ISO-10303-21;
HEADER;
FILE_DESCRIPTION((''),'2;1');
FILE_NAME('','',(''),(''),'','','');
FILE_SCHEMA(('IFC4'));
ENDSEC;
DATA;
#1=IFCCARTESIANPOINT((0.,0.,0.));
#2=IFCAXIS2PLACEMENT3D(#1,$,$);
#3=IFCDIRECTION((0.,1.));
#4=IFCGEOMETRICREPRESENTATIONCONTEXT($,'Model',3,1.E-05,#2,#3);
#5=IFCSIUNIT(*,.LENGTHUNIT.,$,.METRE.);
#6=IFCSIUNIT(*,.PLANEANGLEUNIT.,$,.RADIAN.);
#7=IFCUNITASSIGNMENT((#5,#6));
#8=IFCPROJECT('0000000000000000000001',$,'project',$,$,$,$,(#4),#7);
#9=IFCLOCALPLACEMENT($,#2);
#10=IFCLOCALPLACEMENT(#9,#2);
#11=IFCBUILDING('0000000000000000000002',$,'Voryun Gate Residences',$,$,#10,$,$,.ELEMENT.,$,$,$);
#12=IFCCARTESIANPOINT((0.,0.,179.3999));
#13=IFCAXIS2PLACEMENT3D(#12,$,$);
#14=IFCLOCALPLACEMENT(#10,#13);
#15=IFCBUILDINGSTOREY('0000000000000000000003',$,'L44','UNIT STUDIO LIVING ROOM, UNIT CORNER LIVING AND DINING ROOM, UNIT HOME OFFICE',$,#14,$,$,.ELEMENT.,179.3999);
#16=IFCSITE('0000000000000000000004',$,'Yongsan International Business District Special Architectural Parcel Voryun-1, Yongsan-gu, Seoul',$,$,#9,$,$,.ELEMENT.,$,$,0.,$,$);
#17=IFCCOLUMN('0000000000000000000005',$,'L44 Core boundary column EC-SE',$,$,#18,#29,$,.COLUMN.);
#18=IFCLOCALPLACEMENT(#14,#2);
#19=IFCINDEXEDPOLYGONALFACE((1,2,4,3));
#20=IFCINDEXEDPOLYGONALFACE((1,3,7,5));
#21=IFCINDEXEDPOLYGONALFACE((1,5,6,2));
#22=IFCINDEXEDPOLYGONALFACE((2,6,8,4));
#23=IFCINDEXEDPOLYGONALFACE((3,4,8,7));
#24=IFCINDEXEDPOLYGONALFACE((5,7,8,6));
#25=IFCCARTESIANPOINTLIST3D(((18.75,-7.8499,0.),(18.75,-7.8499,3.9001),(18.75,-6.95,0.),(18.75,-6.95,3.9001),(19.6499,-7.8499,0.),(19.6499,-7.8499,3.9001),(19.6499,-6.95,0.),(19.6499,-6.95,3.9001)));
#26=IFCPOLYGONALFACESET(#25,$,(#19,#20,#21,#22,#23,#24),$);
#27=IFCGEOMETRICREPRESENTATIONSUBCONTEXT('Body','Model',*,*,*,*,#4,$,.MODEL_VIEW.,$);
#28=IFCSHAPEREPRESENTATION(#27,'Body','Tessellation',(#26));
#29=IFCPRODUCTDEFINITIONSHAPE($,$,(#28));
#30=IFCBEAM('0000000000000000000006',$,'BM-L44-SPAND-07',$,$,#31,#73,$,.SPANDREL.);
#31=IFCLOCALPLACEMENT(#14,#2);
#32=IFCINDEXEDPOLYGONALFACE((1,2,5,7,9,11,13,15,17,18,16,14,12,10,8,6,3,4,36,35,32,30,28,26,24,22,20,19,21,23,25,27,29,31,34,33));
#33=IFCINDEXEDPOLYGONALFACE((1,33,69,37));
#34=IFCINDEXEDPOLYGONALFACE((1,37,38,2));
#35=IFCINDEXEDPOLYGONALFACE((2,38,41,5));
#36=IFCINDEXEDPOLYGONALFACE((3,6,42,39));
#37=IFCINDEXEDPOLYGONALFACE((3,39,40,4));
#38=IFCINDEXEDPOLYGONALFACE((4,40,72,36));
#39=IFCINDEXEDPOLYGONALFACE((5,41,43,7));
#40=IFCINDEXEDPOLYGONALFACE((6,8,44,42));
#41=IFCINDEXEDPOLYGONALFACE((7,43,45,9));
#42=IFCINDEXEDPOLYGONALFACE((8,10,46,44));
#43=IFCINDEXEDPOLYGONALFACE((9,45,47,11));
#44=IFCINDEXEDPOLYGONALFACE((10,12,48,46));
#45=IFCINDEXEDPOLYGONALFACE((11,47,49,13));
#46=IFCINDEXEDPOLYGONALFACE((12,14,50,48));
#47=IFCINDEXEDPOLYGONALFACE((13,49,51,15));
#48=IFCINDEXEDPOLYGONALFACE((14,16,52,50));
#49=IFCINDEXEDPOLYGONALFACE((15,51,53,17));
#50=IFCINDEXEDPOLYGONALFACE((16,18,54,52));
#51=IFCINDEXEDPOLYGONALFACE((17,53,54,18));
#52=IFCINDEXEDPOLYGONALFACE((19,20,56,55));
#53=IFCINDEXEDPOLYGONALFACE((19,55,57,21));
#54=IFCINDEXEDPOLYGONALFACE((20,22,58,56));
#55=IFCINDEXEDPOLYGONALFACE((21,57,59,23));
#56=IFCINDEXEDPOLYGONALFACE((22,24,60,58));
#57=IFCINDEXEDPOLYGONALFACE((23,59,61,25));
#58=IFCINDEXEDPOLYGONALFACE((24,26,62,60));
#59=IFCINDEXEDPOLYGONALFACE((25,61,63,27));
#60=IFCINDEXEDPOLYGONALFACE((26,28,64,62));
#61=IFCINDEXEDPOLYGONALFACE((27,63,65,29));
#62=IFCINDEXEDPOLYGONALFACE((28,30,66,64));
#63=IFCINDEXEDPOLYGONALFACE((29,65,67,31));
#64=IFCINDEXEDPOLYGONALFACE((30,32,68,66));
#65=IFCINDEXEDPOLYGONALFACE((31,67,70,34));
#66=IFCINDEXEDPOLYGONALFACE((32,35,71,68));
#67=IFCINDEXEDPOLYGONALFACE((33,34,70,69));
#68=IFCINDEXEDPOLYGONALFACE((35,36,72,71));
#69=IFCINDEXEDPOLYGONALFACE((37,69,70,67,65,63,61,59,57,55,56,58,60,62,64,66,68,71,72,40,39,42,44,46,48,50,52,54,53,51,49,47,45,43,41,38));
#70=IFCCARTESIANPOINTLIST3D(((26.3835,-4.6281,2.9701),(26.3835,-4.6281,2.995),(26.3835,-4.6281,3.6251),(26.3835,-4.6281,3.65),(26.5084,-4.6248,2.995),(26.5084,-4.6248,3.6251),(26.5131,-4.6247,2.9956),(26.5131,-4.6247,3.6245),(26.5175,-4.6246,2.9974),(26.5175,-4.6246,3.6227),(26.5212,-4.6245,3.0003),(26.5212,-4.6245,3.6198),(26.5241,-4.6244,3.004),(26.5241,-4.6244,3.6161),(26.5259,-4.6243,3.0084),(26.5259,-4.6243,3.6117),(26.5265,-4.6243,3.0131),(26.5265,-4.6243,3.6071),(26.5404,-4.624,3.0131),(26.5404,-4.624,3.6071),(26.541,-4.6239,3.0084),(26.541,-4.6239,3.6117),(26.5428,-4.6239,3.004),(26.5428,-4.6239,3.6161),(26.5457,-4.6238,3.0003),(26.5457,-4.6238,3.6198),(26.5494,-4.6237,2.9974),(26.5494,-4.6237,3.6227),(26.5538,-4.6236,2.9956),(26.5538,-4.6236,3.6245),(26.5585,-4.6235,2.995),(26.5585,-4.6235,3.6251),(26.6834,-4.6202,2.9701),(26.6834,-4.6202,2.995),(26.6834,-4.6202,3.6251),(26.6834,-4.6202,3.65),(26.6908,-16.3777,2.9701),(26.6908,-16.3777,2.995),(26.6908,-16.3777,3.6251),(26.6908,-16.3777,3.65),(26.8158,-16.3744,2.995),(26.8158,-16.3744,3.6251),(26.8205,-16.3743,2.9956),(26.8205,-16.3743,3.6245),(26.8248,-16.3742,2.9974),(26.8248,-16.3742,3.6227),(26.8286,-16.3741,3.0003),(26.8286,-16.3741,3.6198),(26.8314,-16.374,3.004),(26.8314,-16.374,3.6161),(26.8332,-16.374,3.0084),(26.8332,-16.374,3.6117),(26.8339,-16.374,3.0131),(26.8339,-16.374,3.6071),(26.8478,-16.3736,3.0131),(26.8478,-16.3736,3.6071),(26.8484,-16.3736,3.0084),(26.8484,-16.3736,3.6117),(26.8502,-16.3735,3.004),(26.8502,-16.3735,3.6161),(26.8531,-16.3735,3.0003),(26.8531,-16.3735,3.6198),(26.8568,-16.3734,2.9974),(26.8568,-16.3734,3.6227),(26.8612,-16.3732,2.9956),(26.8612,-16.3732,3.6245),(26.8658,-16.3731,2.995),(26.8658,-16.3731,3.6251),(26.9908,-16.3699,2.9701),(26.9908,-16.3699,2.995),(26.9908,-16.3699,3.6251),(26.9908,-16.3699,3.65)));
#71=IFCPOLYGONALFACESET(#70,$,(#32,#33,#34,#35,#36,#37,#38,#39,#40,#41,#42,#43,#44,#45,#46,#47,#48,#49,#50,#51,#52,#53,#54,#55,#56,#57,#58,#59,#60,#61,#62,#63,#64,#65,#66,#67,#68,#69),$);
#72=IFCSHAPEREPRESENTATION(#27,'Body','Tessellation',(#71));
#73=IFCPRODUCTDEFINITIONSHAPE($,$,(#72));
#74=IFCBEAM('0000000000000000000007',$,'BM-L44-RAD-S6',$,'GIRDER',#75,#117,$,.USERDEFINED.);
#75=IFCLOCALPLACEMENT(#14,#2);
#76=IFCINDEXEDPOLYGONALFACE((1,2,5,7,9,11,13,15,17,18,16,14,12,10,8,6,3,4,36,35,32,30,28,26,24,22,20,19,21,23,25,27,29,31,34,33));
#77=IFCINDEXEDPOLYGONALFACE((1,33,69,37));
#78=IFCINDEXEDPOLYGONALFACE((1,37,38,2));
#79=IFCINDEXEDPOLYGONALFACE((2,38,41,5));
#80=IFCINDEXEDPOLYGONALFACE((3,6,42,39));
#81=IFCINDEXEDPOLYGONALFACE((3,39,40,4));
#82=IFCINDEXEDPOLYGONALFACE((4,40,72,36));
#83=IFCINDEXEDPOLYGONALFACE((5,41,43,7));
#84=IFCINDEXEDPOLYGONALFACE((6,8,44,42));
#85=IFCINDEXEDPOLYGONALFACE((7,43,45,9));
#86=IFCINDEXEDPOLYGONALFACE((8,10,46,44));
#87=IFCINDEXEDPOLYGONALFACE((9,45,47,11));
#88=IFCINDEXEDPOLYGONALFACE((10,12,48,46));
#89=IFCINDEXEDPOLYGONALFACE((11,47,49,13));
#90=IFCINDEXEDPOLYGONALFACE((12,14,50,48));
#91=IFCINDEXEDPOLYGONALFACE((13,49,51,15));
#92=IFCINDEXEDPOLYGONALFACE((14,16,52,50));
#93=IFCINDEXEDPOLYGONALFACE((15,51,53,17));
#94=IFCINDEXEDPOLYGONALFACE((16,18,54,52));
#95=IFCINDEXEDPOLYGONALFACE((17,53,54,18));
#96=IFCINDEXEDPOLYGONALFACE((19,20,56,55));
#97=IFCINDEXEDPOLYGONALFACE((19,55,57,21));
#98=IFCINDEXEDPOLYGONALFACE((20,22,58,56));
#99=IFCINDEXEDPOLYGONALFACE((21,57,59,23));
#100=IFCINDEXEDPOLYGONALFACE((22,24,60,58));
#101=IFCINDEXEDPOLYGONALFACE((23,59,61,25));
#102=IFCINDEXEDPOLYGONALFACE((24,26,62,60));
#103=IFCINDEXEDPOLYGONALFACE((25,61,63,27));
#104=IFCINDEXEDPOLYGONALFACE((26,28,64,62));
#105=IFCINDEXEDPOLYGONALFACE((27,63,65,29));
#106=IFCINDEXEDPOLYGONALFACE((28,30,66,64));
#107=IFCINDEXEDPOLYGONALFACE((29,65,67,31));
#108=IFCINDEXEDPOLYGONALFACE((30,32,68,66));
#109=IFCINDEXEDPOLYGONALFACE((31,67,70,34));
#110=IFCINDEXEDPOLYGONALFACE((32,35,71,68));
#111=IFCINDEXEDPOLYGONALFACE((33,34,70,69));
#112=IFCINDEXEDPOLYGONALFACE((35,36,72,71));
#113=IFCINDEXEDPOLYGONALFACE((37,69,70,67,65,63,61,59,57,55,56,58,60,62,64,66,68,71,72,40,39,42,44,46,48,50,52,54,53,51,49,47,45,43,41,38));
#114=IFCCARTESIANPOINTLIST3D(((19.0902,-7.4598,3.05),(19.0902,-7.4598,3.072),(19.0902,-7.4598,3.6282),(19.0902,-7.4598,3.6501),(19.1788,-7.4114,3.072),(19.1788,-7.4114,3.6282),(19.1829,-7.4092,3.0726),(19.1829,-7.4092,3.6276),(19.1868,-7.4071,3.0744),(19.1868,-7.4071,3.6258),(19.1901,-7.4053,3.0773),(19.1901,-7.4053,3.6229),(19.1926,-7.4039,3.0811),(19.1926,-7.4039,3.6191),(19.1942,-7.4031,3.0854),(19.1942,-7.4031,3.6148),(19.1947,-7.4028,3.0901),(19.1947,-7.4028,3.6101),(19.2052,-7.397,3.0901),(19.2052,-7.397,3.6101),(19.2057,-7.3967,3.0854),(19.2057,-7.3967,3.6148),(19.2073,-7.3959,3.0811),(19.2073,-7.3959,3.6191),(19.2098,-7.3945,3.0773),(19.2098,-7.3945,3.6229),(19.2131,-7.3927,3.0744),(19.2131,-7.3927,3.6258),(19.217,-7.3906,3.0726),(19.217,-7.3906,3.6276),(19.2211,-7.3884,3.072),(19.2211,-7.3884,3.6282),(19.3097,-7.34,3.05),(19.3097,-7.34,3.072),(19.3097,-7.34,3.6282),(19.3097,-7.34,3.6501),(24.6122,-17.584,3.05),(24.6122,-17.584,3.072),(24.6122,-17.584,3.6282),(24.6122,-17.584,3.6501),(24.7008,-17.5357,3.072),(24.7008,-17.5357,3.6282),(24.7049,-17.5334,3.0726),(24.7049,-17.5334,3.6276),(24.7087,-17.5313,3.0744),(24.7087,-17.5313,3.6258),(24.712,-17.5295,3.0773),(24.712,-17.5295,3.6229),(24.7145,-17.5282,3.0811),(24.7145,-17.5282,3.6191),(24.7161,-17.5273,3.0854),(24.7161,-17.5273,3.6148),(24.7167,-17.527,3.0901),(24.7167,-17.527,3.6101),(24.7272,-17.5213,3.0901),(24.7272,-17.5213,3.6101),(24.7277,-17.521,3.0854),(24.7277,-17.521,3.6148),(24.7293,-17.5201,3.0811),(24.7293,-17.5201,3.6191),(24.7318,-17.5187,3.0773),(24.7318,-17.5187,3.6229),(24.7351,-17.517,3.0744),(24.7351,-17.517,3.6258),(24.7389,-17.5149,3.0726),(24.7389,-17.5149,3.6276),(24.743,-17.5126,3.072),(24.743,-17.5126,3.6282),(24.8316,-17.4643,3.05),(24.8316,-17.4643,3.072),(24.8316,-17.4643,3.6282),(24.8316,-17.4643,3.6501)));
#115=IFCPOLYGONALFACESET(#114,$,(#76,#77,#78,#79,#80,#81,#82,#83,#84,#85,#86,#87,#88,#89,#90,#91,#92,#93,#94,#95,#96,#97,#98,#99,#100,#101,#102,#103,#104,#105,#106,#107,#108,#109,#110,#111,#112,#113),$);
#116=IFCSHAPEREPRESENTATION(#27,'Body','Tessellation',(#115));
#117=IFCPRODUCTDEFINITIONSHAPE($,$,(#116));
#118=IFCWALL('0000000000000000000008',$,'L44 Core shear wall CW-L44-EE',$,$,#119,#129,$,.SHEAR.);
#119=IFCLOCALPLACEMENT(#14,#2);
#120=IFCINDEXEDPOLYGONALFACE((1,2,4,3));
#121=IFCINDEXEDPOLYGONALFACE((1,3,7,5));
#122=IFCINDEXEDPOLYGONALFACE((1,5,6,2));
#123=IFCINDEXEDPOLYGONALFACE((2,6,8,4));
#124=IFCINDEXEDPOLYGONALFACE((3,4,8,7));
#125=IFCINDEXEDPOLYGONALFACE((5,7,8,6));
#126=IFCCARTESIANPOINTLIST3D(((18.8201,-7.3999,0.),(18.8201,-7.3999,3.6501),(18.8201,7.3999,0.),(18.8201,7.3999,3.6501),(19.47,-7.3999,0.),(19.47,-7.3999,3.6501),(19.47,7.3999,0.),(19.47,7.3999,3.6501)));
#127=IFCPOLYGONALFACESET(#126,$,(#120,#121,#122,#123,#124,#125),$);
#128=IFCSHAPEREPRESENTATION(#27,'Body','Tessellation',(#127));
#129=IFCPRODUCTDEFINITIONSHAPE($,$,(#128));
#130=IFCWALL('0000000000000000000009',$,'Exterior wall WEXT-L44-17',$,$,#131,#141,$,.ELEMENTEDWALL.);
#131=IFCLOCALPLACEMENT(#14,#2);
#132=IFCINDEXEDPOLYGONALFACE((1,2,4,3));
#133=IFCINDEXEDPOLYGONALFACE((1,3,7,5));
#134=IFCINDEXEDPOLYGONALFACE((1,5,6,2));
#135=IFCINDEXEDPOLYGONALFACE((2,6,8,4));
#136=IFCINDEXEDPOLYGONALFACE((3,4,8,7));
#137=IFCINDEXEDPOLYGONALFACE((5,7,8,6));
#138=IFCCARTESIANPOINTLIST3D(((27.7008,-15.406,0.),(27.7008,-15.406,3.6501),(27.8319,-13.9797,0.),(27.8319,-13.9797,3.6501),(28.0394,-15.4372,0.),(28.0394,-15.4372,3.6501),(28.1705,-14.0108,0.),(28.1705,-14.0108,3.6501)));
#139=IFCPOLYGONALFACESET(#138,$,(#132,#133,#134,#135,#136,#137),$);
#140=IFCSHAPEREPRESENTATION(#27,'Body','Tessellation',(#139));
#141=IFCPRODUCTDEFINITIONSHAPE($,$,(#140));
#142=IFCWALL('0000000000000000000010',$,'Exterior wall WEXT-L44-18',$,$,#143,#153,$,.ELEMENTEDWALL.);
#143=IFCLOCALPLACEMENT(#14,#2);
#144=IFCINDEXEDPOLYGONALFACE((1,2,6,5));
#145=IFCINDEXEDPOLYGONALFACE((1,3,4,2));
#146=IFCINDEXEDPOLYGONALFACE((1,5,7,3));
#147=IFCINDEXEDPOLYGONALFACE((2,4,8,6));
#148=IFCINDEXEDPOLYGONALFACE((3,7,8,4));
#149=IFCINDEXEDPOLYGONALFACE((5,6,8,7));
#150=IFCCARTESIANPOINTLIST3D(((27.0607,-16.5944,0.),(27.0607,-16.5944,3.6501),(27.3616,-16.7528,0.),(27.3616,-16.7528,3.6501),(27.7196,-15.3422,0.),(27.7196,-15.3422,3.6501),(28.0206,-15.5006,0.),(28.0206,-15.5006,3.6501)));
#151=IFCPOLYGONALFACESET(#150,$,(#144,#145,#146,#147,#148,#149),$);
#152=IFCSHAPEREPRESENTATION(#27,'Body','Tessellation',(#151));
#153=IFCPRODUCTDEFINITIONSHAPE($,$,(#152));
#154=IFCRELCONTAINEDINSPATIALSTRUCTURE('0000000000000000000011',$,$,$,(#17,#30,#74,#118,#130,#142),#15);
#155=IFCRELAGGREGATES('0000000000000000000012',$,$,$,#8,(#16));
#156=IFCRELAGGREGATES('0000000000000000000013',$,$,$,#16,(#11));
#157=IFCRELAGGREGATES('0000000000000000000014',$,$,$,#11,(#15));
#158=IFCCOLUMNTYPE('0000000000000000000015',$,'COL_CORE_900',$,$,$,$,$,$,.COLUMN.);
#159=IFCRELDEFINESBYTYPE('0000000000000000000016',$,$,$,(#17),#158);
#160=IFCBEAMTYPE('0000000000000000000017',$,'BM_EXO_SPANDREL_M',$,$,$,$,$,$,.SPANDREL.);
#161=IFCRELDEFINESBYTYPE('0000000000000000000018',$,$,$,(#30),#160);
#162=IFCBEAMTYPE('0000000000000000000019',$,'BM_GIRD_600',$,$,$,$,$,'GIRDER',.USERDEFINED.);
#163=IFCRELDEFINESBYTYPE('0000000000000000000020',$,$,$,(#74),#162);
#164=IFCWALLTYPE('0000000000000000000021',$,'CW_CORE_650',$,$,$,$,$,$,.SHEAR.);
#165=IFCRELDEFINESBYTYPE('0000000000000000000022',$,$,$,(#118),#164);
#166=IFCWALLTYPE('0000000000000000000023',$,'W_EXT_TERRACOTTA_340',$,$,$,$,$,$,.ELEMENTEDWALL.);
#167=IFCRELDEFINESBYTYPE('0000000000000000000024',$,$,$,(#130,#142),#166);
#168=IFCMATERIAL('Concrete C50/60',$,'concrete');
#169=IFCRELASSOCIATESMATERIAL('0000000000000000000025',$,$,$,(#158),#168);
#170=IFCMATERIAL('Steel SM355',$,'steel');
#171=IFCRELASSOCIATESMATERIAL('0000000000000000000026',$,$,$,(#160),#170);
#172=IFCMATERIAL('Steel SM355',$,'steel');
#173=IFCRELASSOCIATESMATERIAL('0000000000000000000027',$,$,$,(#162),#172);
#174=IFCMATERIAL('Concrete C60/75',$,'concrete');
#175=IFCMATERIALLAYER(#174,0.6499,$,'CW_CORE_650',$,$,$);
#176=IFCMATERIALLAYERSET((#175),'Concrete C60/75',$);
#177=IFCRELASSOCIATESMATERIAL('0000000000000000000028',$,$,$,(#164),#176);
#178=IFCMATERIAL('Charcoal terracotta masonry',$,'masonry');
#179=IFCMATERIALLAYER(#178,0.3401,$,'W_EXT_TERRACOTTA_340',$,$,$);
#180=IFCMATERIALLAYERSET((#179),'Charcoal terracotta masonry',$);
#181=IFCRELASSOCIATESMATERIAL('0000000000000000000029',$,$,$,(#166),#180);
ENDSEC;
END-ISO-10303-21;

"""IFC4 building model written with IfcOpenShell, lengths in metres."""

from ifc_helpers import new_model, si_unit, direction, frame, frame_2d, origin, origin_2d, place, context, subcontext, project, spatial, rectangle, i_section, extrude, material, layer, layer_set, material_profile, profile_set, type_object, element, save


model = new_model("IFC4")

# Units and contexts
model_context = context("Model", 3, precision=1e-05, world=origin(), true_north=direction((0.0, 1.0)))
body_context = subcontext(model_context, "Body", "Model", "MODEL_VIEW")
ifc_project = project(units=[si_unit("LENGTHUNIT", "METRE"), si_unit("PLANEANGLEUNIT", "RADIAN")], contexts=[model_context])

# Site, building, storey
site_placement = place(None, origin())
site = spatial("IfcSite", under=ifc_project, at=site_placement, Name="Yongsan International Business District Special Architectural Parcel Voryun-1, Yongsan-gu, Seoul", CompositionType="ELEMENT", RefElevation=0.0)
building_placement = place(site_placement, origin())
building = spatial("IfcBuilding", under=site, at=building_placement, Name="Voryun Gate Residences", CompositionType="ELEMENT")
storey_placement = place(building_placement, frame((0.0, 0.0, 179.3999)))
storey = spatial("IfcBuildingStorey", under=building, at=storey_placement, Name="L44", Description="UNIT STUDIO LIVING ROOM, UNIT CORNER LIVING AND DINING ROOM, UNIT HOME OFFICE", CompositionType="ELEMENT", Elevation=179.3999)

# Column
ifc_material_1 = material(Name="Concrete C50/60", Category="concrete")
ifc_material_profile_1 = material_profile(ifc_material_1, rectangle(XDim=0.8999, YDim=0.8999, at=origin_2d()), Name="RC-900x900")
ifc_profile_set_1 = profile_set([ifc_material_profile_1], Name="Concrete C50/60")
column_type = type_object("IfcColumnType", Name="COL_CORE_900", PredefinedType="COLUMN", material=ifc_profile_set_1)
column_placement = place(storey_placement, frame((19.2, -7.3999, 0.0), z_axis=(0.0, 0.0, 1.0), x_axis=(1.0, 0.0, 0.0)))
element("IfcColumn", 1, at=column_placement, inside=storey, type_object=column_type, Name="L44 Core boundary column EC-SE", PredefinedType="COLUMN", context=body_context, shape_type="SweptSolid", body=[
    extrude(rectangle(XDim=0.8999, YDim=0.8999, at=origin_2d()), origin(), (0.0, 0.0, 1.0), 3.9001),
])

# Beams
ifc_material_2 = material(Name="Steel SM355", Category="steel")
ifc_material_profile_2 = material_profile(ifc_material_2, i_section(OverallWidth=0.3, OverallDepth=0.6799, WebThickness=0.0139, FlangeThickness=0.0249, FilletRadius=0.0181, at=origin_2d()), Name="H-680x300x14x25")
ifc_profile_set_2 = profile_set([ifc_material_profile_2], Name="Steel SM355")
beam_type_1 = type_object("IfcBeamType", Name="BM_EXO_SPANDREL_M", PredefinedType="SPANDREL", material=ifc_profile_set_2)
beam_1_placement = place(storey_placement, frame((26.8408, -16.3738, 3.3101), z_axis=(-0.026151, 0.999658, 0.0), x_axis=(-0.999658, -0.026151, 0.0)))
element("IfcBeam", 2, at=beam_1_placement, inside=storey, type_object=beam_type_1, Name="BM-L44-SPAND-07", PredefinedType="SPANDREL", context=body_context, shape_type="SweptSolid", body=[
    extrude(i_section(OverallWidth=0.3, OverallDepth=0.6799, WebThickness=0.0139, FlangeThickness=0.0249, FilletRadius=0.0181, at=origin_2d()), origin(), (0.0, 0.0, 1.0), 11.7537),
])
ifc_material_3 = material(Name="Steel SM355", Category="steel")
ifc_material_profile_3 = material_profile(ifc_material_3, i_section(OverallWidth=0.25, OverallDepth=0.6001, WebThickness=0.012, FlangeThickness=0.022, FilletRadius=0.0181, at=origin_2d()), Name="H-600x250x12x22")
ifc_profile_set_3 = profile_set([ifc_material_profile_3], Name="Steel SM355")
beam_type_2 = type_object("IfcBeamType", Name="BM_GIRD_600", ElementType="GIRDER", PredefinedType="USERDEFINED", material=ifc_profile_set_3)
beam_2_placement = place(storey_placement, frame((19.2, -7.3999, 3.3501), z_axis=(0.478828, -0.877909, 0.0), x_axis=(0.877909, 0.478828, 0.0)))
element("IfcBeam", 3, at=beam_2_placement, inside=storey, type_object=beam_type_2, Name="BM-L44-RAD-S6", ObjectType="GIRDER", PredefinedType="USERDEFINED", context=body_context, shape_type="SweptSolid", body=[
    extrude(i_section(OverallWidth=0.25, OverallDepth=0.6001, WebThickness=0.012, FlangeThickness=0.022, FilletRadius=0.0181, at=origin_2d()), origin(), (0.0, 0.0, 1.0), 11.5322),
])

# Walls
ifc_material_4 = material(Name="Concrete C60/75", Category="concrete")
ifc_layer_1 = layer(ifc_material_4, 0.6499, Name="CW_CORE_650")
ifc_layer_set_1 = layer_set([ifc_layer_1], Name="Concrete C60/75")
wall_type_1 = type_object("IfcWallType", Name="CW_CORE_650", PredefinedType="SHEAR", material=ifc_layer_set_1)
wall_1_placement = place(storey_placement, frame((19.145, -7.3999, 0.0), z_axis=(0.0, 0.0, 1.0), x_axis=(0.0, 1.0, 0.0)))
element("IfcWall", 4, at=wall_1_placement, inside=storey, type_object=wall_type_1, Name="L44 Core shear wall CW-L44-EE", PredefinedType="SHEAR", context=body_context, shape_type="SweptSolid", body=[
    extrude(rectangle(XDim=14.7998, YDim=0.6499, at=frame_2d((7.3999, 0.0))), origin(), (0.0, 0.0, 1.0), 3.6501),
])
ifc_material_5 = material(Name="Charcoal terracotta masonry", Category="masonry")
ifc_layer_2 = layer(ifc_material_5, 0.3401, Name="W_EXT_TERRACOTTA_340")
ifc_layer_set_2 = layer_set([ifc_layer_2], Name="Charcoal terracotta masonry")
wall_type_2 = type_object("IfcWallType", Name="W_EXT_TERRACOTTA_340", PredefinedType="ELEMENTEDWALL", material=ifc_layer_set_2)
wall_2_placement = place(storey_placement, frame((28.0012, -13.9951, 0.0), z_axis=(0.0, 0.0, 1.0), x_axis=(-0.091535, -0.995802, 0.0)))
element("IfcWall", 5, at=wall_2_placement, inside=storey, type_object=wall_type_2, Name="Exterior wall WEXT-L44-17", PredefinedType="ELEMENTEDWALL", context=body_context, shape_type="SweptSolid", body=[
    extrude(rectangle(XDim=1.4324, YDim=0.3401, at=frame_2d((0.7163, 0.0))), origin(), (0.0, 0.0, 1.0), 3.6501),
])
wall_3_placement = place(storey_placement, frame((27.8701, -15.4214, 0.0), z_axis=(0.0, 0.0, 1.0), x_axis=(-0.465682, -0.884952, 0.0)))
element("IfcWall", 6, at=wall_3_placement, inside=storey, type_object=wall_type_2, Name="Exterior wall WEXT-L44-18", PredefinedType="ELEMENTEDWALL", context=body_context, shape_type="SweptSolid", body=[
    extrude(rectangle(XDim=1.415, YDim=0.3401, at=frame_2d((0.7075, 0.0))), origin(), (0.0, 0.0, 1.0), 3.6501),
])

save(model, "model.ifc")
